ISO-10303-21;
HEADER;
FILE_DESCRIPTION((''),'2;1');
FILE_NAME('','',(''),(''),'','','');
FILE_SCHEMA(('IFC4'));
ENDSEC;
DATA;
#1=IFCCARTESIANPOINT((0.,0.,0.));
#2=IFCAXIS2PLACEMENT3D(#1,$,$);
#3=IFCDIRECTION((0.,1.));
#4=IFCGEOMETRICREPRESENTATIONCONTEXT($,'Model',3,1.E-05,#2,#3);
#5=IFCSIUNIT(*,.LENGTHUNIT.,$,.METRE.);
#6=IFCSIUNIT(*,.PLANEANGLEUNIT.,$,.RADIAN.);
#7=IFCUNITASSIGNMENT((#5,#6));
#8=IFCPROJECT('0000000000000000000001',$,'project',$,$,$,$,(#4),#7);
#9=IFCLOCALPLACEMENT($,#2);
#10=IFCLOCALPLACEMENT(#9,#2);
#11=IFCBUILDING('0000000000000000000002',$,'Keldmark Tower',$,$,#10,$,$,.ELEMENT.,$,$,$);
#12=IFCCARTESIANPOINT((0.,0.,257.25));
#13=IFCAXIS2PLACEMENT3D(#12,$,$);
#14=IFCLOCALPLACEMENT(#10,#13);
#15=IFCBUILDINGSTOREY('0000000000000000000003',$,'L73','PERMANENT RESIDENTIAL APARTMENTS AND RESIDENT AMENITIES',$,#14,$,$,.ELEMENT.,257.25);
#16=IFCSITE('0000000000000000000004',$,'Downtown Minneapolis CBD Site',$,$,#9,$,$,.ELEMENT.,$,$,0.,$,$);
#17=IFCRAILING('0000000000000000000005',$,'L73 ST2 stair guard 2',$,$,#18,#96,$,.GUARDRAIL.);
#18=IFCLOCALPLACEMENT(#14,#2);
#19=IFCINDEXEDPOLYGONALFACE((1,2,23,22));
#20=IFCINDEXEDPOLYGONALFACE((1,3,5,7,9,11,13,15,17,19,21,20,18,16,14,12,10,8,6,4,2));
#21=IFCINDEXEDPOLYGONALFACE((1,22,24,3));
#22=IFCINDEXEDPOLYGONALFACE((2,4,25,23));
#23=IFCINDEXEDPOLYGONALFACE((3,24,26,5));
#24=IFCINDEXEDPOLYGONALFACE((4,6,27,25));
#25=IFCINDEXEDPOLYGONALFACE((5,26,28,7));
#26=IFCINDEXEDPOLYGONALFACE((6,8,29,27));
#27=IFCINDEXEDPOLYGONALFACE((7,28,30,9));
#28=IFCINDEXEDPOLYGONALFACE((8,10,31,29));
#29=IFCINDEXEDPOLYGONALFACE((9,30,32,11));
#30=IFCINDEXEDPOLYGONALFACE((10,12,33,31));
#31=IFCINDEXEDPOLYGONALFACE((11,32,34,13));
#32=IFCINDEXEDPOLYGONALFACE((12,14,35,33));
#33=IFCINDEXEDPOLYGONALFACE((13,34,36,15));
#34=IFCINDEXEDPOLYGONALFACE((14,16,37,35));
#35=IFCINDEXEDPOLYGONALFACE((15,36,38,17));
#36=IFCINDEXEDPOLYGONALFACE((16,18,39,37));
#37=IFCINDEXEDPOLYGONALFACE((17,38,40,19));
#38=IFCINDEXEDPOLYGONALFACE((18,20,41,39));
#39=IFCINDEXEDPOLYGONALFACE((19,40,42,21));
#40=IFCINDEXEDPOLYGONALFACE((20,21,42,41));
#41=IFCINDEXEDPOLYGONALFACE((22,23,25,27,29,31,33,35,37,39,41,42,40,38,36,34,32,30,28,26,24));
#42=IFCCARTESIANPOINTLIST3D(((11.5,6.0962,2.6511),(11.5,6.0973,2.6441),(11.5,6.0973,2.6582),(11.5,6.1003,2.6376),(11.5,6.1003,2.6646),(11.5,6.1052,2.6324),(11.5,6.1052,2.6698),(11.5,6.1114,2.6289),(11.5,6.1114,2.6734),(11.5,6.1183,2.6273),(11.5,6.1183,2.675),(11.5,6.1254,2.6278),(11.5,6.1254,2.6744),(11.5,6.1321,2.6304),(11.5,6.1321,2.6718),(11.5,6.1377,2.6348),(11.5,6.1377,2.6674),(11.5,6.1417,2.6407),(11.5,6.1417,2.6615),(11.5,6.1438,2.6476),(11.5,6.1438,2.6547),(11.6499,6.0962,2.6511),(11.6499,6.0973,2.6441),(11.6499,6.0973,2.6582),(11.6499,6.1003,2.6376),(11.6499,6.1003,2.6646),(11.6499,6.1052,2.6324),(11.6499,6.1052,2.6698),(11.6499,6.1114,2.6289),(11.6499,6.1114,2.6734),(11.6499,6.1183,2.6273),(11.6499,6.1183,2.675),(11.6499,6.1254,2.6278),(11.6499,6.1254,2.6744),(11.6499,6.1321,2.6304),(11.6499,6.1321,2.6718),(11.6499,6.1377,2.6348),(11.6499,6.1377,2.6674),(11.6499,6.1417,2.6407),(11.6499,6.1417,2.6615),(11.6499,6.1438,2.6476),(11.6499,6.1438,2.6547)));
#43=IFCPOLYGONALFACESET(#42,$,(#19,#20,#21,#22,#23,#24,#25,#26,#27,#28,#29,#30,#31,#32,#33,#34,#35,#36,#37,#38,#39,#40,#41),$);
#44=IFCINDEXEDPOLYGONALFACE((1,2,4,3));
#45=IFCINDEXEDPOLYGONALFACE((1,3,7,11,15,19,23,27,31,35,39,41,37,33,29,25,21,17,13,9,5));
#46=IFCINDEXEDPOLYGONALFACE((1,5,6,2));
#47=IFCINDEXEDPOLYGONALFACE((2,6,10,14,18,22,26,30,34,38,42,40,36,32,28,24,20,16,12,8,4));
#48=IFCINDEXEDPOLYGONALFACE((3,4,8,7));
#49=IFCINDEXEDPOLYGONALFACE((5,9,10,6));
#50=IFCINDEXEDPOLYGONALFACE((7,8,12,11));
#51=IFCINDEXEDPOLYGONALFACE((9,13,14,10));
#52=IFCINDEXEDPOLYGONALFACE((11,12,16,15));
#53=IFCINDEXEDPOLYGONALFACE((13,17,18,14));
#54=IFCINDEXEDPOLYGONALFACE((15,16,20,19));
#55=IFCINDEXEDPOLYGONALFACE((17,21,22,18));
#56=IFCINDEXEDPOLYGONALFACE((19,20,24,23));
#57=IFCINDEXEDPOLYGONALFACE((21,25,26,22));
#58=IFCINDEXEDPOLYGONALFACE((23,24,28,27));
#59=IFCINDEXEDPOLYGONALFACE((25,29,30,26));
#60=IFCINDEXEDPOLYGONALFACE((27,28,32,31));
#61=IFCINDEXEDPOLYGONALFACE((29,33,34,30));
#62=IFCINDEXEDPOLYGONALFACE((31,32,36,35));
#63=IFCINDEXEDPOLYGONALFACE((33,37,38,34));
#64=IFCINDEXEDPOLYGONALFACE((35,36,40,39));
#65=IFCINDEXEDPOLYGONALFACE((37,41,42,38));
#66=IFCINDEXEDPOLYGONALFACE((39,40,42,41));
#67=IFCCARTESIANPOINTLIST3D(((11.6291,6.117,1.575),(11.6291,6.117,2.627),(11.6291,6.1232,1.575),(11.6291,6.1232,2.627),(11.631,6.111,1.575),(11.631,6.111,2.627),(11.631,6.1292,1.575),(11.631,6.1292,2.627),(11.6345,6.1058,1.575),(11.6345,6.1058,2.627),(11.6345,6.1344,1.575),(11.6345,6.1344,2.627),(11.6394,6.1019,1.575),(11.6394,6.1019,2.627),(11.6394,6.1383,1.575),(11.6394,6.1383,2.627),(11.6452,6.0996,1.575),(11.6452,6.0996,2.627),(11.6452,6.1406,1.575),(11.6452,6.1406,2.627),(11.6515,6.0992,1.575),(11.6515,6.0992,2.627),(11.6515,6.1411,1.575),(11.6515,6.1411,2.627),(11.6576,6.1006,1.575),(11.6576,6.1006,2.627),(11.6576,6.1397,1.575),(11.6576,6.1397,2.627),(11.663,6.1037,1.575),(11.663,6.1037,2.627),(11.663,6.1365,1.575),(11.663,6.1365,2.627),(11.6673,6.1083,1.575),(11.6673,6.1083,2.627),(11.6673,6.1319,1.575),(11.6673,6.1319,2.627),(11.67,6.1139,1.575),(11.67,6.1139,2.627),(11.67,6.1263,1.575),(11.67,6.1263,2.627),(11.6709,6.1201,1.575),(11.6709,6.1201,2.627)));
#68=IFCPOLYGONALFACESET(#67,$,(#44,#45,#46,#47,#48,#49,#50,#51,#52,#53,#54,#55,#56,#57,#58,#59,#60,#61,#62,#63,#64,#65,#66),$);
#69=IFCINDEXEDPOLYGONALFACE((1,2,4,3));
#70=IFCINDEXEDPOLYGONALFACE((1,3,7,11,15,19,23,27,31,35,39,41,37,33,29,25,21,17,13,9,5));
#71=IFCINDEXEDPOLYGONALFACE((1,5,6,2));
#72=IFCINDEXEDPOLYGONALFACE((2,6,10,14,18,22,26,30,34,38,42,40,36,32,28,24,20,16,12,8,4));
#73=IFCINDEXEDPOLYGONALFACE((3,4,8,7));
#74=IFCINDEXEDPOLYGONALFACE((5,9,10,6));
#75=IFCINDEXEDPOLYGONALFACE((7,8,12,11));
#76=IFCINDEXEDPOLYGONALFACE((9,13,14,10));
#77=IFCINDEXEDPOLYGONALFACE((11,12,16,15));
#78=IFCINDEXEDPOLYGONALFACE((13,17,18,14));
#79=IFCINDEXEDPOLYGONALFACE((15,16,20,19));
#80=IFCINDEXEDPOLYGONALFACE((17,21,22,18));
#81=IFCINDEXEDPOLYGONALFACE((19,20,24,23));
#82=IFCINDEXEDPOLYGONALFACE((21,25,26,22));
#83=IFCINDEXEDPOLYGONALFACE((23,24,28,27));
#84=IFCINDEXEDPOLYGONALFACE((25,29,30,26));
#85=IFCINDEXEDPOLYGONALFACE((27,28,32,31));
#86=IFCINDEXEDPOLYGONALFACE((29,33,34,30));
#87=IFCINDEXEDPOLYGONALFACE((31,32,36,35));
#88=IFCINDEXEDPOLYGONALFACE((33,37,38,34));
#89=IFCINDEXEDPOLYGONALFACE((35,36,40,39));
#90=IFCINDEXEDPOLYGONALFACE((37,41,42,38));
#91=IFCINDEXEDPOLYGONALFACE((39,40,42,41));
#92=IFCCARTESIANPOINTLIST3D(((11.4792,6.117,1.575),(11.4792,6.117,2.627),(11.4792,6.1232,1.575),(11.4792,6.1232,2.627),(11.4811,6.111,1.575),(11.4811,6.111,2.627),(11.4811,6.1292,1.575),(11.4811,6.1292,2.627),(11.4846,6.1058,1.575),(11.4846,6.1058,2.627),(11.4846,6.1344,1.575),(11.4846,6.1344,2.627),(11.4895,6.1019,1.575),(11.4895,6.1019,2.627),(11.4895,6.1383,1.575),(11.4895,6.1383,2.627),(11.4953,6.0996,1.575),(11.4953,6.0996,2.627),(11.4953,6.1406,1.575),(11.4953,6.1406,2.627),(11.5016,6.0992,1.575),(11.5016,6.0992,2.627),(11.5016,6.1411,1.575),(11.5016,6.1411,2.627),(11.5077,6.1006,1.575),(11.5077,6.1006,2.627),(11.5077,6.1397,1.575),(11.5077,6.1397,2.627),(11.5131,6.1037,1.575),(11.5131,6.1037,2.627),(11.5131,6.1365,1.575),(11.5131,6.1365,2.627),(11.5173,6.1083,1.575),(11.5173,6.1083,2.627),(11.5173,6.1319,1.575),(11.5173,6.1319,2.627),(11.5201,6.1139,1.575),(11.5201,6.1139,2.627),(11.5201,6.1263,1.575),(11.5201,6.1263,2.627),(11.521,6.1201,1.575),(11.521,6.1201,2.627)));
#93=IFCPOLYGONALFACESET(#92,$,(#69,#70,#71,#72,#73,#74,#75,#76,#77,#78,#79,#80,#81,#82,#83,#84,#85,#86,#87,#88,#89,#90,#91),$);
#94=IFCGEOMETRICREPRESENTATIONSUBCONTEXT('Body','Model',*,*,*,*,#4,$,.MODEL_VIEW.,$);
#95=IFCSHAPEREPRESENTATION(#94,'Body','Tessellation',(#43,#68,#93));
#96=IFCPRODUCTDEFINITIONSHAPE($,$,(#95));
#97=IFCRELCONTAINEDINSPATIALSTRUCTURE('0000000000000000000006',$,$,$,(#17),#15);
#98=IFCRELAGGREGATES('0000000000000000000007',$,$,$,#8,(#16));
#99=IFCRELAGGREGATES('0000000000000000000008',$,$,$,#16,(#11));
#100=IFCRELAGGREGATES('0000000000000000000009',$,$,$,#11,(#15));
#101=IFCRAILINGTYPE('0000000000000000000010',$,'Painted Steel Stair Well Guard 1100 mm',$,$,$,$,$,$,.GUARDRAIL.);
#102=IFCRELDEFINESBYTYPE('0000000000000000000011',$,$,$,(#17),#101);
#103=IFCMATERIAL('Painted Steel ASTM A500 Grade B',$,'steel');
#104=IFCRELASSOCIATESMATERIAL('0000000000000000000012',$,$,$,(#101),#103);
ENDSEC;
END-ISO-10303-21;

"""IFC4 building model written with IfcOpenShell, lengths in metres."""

from ifc_helpers import new_model, si_unit, direction, frame, origin, origin_2d, place, context, subcontext, project, spatial, circle, extrude, material, type_object, element, save


model = new_model("IFC4")

# Units and contexts
model_context = context("Model", 3, precision=1e-05, world=origin(), true_north=direction((0.0, 1.0)))
body_context = subcontext(model_context, "Body", "Model", "MODEL_VIEW")
ifc_project = project(units=[si_unit("LENGTHUNIT", "METRE"), si_unit("PLANEANGLEUNIT", "RADIAN")], contexts=[model_context])

# Site, building, storey
site_placement = place(None, origin())
site = spatial("IfcSite", under=ifc_project, at=site_placement, Name="Downtown Minneapolis CBD Site", CompositionType="ELEMENT", RefElevation=0.0)
building_placement = place(site_placement, origin())
building = spatial("IfcBuilding", under=site, at=building_placement, Name="Keldmark Tower", CompositionType="ELEMENT")
storey_placement = place(building_placement, frame((0.0, 0.0, 257.25)))
storey = spatial("IfcBuildingStorey", under=building, at=storey_placement, Name="L73", Description="PERMANENT RESIDENTIAL APARTMENTS AND RESIDENT AMENITIES", CompositionType="ELEMENT", Elevation=257.25)

# Railing
ifc_material_1 = material(Name="Painted Steel ASTM A500 Grade B", Category="steel")
railing_type = type_object("IfcRailingType", Name="Painted Steel Stair Well Guard 1100 mm", PredefinedType="GUARDRAIL", material=ifc_material_1)
railing_1_placement = place(storey_placement, frame((11.6499, 6.1201, 1.575)))
element("IfcRailing", 1, at=railing_1_placement, inside=storey, type_object=railing_type, Name="L73 ST2 stair guard 2", PredefinedType="GUARDRAIL", context=body_context, shape_type="SweptSolid", body=[
    extrude(circle(Radius=0.0239, at=origin_2d()), frame((0.0, 0.0, 1.0762), z_axis=(-1.0, 0.0, 0.0), x_axis=(0.0, -1.0, 0.0)), (0.0, 0.0, 1.0), 0.1499),
    extrude(circle(Radius=0.021, at=origin_2d()), origin(), (0.0, 0.0, 1.0), 1.052),
    extrude(circle(Radius=0.021, at=origin_2d()), frame((-0.1499, 0.0, 0.0)), (0.0, 0.0, 1.0), 1.052),
])

save(model, "model.ifc")
